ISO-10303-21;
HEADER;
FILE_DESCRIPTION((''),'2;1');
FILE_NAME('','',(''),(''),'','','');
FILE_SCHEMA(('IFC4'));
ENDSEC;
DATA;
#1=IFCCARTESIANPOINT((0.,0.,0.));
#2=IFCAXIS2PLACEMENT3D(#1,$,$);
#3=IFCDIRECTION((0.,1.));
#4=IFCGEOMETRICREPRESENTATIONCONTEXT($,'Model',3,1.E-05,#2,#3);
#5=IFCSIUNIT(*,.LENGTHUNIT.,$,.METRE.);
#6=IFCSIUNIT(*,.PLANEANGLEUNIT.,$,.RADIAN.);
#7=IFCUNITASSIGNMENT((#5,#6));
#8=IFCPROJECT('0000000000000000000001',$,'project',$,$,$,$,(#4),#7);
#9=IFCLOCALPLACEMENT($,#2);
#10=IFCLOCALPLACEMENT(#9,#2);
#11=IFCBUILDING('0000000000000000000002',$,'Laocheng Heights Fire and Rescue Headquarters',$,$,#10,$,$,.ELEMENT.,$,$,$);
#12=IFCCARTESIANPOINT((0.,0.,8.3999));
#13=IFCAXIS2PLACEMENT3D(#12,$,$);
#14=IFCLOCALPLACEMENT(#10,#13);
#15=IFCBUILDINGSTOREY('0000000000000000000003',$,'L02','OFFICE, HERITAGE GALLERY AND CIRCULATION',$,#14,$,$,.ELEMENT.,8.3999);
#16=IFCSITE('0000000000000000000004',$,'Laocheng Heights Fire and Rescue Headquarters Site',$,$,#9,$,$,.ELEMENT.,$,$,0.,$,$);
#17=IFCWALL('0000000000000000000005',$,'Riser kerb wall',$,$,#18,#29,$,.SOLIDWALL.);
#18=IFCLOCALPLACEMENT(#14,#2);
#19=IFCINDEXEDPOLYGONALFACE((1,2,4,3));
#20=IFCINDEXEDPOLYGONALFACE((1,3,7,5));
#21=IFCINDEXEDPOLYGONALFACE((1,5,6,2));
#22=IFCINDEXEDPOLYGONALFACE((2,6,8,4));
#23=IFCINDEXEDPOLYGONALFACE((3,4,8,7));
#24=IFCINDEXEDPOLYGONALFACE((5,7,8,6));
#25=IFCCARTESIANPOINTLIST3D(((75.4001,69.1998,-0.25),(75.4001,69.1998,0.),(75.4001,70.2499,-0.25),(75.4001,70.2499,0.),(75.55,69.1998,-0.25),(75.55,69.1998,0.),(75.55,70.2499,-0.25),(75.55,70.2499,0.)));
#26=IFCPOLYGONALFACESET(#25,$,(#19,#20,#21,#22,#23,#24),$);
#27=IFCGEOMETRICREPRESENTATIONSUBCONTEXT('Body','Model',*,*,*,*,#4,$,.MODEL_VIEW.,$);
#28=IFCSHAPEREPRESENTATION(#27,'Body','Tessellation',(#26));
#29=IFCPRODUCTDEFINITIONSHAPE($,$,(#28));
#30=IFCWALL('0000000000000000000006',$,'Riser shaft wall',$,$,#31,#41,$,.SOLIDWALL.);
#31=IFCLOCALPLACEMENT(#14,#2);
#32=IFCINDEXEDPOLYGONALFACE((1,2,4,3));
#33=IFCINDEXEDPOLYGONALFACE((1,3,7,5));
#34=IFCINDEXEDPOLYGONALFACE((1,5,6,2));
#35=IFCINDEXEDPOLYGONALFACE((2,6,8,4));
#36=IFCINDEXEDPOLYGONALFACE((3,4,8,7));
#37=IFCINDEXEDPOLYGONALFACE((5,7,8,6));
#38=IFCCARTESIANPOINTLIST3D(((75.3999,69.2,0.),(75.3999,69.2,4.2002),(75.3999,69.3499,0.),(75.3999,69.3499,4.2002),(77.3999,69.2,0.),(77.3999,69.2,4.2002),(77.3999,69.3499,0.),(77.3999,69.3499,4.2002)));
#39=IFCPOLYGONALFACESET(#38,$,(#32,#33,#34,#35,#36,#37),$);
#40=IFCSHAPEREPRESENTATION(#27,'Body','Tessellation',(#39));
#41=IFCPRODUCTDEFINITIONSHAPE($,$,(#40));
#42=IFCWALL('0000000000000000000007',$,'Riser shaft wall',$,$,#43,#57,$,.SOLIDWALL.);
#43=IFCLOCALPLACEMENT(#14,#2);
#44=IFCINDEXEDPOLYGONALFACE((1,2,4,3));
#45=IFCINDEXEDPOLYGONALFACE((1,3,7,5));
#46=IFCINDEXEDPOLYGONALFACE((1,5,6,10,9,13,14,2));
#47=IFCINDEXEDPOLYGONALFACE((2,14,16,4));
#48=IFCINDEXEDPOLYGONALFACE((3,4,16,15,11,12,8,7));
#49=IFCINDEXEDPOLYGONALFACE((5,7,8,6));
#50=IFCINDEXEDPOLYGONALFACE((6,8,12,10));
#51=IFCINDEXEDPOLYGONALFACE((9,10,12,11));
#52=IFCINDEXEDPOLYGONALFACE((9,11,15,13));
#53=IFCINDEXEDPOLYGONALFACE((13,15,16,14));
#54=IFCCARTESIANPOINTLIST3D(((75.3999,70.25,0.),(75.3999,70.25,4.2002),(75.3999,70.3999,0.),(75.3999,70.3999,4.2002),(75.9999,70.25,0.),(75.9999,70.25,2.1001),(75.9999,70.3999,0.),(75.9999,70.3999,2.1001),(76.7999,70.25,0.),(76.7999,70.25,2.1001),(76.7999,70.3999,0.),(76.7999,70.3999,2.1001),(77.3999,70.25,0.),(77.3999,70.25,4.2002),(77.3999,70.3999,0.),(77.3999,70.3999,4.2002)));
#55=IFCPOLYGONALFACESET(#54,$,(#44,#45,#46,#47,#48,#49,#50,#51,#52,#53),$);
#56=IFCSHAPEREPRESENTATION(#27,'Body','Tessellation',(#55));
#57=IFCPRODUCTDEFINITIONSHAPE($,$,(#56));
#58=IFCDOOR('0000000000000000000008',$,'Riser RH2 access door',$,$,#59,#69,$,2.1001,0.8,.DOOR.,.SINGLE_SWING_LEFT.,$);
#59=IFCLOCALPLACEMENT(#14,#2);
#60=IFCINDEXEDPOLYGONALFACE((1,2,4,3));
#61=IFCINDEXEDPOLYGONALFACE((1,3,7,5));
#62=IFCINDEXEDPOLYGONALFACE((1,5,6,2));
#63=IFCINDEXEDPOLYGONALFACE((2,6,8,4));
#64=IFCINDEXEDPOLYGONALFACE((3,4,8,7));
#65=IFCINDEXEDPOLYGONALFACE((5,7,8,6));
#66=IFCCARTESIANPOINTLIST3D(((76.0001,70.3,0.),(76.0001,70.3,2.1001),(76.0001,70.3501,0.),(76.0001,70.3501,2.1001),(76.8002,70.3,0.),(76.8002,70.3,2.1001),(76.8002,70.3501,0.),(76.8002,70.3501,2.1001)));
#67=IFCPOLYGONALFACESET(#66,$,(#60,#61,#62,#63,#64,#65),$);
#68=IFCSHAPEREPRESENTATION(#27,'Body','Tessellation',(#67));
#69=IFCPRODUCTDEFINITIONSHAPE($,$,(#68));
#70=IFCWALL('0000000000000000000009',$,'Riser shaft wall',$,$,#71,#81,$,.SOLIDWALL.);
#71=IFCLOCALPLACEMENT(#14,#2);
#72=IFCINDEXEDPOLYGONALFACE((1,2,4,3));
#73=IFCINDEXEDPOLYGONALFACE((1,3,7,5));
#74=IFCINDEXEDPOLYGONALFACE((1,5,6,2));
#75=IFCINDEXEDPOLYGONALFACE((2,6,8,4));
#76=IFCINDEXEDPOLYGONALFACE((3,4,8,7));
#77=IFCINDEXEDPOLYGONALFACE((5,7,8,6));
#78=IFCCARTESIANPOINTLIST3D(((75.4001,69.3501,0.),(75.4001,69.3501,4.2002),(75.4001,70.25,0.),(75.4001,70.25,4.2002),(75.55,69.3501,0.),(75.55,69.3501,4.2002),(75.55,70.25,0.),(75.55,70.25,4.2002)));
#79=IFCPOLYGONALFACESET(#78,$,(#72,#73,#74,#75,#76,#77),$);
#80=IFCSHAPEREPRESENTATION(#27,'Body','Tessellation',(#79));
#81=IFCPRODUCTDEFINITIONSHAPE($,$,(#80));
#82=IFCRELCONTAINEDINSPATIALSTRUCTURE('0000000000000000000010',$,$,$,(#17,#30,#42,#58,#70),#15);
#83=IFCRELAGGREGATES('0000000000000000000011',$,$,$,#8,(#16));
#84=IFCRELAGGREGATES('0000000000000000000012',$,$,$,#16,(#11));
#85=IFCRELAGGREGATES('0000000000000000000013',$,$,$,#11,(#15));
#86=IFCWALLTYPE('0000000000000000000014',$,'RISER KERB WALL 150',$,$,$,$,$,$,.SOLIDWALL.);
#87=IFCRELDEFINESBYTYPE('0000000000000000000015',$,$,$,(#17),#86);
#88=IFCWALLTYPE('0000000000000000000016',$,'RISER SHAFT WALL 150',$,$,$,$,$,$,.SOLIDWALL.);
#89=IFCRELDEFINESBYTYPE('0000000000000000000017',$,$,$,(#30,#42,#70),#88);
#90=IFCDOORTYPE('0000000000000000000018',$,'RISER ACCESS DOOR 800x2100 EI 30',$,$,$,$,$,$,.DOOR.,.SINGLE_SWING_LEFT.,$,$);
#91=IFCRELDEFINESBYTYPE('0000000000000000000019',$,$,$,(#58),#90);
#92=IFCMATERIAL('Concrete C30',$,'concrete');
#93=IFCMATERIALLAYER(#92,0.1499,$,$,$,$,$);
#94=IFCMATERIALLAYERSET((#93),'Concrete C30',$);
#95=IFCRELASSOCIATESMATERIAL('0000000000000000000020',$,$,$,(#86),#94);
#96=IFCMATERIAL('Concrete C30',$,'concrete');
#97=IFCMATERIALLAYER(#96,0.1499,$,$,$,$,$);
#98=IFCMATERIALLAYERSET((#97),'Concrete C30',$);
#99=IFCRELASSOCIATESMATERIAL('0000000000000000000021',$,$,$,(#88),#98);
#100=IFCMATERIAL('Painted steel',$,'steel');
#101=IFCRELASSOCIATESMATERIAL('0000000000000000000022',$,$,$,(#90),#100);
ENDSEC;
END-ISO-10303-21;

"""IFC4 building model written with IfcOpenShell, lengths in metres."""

from ifc_helpers import new_model, si_unit, direction, frame, frame_2d, origin, place, context, subcontext, project, spatial, rectangle, extrude, material, layer, layer_set, type_object, element, fill, save


model = new_model("IFC4")

# Units and contexts
model_context = context("Model", 3, precision=1e-05, world=origin(), true_north=direction((0.0, 1.0)))
body_context = subcontext(model_context, "Body", "Model", "MODEL_VIEW")
ifc_project = project(units=[si_unit("LENGTHUNIT", "METRE"), si_unit("PLANEANGLEUNIT", "RADIAN")], contexts=[model_context])

# Site, building, storey
site_placement = place(None, origin())
site = spatial("IfcSite", under=ifc_project, at=site_placement, Name="Laocheng Heights Fire and Rescue Headquarters Site", CompositionType="ELEMENT", RefElevation=0.0)
building_placement = place(site_placement, origin())
building = spatial("IfcBuilding", under=site, at=building_placement, Name="Laocheng Heights Fire and Rescue Headquarters", CompositionType="ELEMENT")
storey_placement = place(building_placement, frame((0.0, 0.0, 8.3999)))
storey = spatial("IfcBuildingStorey", under=building, at=storey_placement, Name="L02", Description="OFFICE, HERITAGE GALLERY AND CIRCULATION", CompositionType="ELEMENT", Elevation=8.3999)

# Walls
ifc_material_1 = material(Name="Concrete C30", Category="concrete")
ifc_layer_1 = layer(ifc_material_1, 0.1499)
ifc_layer_set_1 = layer_set([ifc_layer_1], Name="Concrete C30")
wall_type_1 = type_object("IfcWallType", Name="RISER KERB WALL 150", PredefinedType="SOLIDWALL", material=ifc_layer_set_1)
wall_1_placement = place(storey_placement, frame((75.4751, 69.2, -0.25), z_axis=(0.0, 0.0, 1.0), x_axis=(0.0, 1.0, 0.0)))
element("IfcWall", 1, at=wall_1_placement, inside=storey, type_object=wall_type_1, Name="Riser kerb wall", PredefinedType="SOLIDWALL", context=body_context, shape_type="SweptSolid", body=[
    extrude(rectangle(XDim=1.05, YDim=0.1499, at=frame_2d((0.5249, 0.0))), origin(), (0.0, 0.0, 1.0), 0.25),
])
ifc_material_2 = material(Name="Concrete C30", Category="concrete")
ifc_layer_2 = layer(ifc_material_2, 0.1499)
ifc_layer_set_2 = layer_set([ifc_layer_2], Name="Concrete C30")
wall_type_2 = type_object("IfcWallType", Name="RISER SHAFT WALL 150", PredefinedType="SOLIDWALL", material=ifc_layer_set_2)
wall_2_placement = place(storey_placement, frame((75.3999, 69.2749, 0.0), z_axis=(0.0, 0.0, 1.0), x_axis=(1.0, 0.0, 0.0)))
element("IfcWall", 2, at=wall_2_placement, inside=storey, type_object=wall_type_2, Name="Riser shaft wall", PredefinedType="SOLIDWALL", context=body_context, shape_type="SweptSolid", body=[
    extrude(rectangle(XDim=2.0, YDim=0.1499, at=frame_2d((1.0, 0.0))), origin(), (0.0, 0.0, 1.0), 4.2002),
])

# Wall, opening, door
wall_3_placement = place(storey_placement, frame((75.3999, 70.325, 0.0), z_axis=(0.0, 0.0, 1.0), x_axis=(1.0, 0.0, 0.0)))
wall_3 = element("IfcWall", 3, at=wall_3_placement, inside=storey, type_object=wall_type_2, Name="Riser shaft wall", PredefinedType="SOLIDWALL", context=body_context, shape_type="SweptSolid", body=[
    extrude(rectangle(XDim=2.0, YDim=0.1499, at=frame_2d((1.0, 0.0))), origin(), (0.0, 0.0, 1.0), 4.2002),
])
opening_placement = place(wall_3_placement, frame((0.6001, 0.0, 0.0)))
opening = element("IfcOpeningElement", 4, at=opening_placement, cuts=wall_3, PredefinedType="OPENING", context=body_context, shape_type="SweptSolid", body=[
    extrude(rectangle(XDim=0.8, YDim=2.1001, at=frame_2d((0.3999, 1.05))), frame((0.0, 0.085, 0.0), z_axis=(0.0, -1.0, 0.0), x_axis=(1.0, 0.0, 0.0)), (0.0, 0.0, 1.0), 0.1699),
])
ifc_material_3 = material(Name="Painted steel", Category="steel")
door_type = type_object("IfcDoorType", Name="RISER ACCESS DOOR 800x2100 EI 30", OperationType="SINGLE_SWING_LEFT", PredefinedType="DOOR", material=ifc_material_3)
door_placement = place(opening_placement, frame((0.8, 0.0, 0.0), z_axis=(0.0, 0.0, 1.0), x_axis=(-1.0, 0.0, 0.0)))
door = element("IfcDoor", 5, at=door_placement, inside=storey, type_object=door_type, Name="Riser RH2 access door", OperationType="SINGLE_SWING_LEFT", OverallHeight=2.1001, OverallWidth=0.8, PredefinedType="DOOR", context=body_context, shape_type="SweptSolid", body=[
    extrude(rectangle(XDim=0.8, YDim=2.1001, at=frame_2d((0.3999, 1.05))), frame((0.0, 0.0249, 0.0), z_axis=(0.0, -1.0, 0.0), x_axis=(1.0, 0.0, 0.0)), (0.0, 0.0, 1.0), 0.05),
])
fill(opening, door)

# Wall
wall_4_placement = place(storey_placement, frame((75.4751, 69.3501, 0.0), z_axis=(0.0, 0.0, 1.0), x_axis=(0.0, 1.0, 0.0)))
element("IfcWall", 6, at=wall_4_placement, inside=storey, type_object=wall_type_2, Name="Riser shaft wall", PredefinedType="SOLIDWALL", context=body_context, shape_type="SweptSolid", body=[
    extrude(rectangle(XDim=0.8999, YDim=0.1499, at=frame_2d((0.45, 0.0))), origin(), (0.0, 0.0, 1.0), 4.2002),
])

save(model, "model.ifc")
